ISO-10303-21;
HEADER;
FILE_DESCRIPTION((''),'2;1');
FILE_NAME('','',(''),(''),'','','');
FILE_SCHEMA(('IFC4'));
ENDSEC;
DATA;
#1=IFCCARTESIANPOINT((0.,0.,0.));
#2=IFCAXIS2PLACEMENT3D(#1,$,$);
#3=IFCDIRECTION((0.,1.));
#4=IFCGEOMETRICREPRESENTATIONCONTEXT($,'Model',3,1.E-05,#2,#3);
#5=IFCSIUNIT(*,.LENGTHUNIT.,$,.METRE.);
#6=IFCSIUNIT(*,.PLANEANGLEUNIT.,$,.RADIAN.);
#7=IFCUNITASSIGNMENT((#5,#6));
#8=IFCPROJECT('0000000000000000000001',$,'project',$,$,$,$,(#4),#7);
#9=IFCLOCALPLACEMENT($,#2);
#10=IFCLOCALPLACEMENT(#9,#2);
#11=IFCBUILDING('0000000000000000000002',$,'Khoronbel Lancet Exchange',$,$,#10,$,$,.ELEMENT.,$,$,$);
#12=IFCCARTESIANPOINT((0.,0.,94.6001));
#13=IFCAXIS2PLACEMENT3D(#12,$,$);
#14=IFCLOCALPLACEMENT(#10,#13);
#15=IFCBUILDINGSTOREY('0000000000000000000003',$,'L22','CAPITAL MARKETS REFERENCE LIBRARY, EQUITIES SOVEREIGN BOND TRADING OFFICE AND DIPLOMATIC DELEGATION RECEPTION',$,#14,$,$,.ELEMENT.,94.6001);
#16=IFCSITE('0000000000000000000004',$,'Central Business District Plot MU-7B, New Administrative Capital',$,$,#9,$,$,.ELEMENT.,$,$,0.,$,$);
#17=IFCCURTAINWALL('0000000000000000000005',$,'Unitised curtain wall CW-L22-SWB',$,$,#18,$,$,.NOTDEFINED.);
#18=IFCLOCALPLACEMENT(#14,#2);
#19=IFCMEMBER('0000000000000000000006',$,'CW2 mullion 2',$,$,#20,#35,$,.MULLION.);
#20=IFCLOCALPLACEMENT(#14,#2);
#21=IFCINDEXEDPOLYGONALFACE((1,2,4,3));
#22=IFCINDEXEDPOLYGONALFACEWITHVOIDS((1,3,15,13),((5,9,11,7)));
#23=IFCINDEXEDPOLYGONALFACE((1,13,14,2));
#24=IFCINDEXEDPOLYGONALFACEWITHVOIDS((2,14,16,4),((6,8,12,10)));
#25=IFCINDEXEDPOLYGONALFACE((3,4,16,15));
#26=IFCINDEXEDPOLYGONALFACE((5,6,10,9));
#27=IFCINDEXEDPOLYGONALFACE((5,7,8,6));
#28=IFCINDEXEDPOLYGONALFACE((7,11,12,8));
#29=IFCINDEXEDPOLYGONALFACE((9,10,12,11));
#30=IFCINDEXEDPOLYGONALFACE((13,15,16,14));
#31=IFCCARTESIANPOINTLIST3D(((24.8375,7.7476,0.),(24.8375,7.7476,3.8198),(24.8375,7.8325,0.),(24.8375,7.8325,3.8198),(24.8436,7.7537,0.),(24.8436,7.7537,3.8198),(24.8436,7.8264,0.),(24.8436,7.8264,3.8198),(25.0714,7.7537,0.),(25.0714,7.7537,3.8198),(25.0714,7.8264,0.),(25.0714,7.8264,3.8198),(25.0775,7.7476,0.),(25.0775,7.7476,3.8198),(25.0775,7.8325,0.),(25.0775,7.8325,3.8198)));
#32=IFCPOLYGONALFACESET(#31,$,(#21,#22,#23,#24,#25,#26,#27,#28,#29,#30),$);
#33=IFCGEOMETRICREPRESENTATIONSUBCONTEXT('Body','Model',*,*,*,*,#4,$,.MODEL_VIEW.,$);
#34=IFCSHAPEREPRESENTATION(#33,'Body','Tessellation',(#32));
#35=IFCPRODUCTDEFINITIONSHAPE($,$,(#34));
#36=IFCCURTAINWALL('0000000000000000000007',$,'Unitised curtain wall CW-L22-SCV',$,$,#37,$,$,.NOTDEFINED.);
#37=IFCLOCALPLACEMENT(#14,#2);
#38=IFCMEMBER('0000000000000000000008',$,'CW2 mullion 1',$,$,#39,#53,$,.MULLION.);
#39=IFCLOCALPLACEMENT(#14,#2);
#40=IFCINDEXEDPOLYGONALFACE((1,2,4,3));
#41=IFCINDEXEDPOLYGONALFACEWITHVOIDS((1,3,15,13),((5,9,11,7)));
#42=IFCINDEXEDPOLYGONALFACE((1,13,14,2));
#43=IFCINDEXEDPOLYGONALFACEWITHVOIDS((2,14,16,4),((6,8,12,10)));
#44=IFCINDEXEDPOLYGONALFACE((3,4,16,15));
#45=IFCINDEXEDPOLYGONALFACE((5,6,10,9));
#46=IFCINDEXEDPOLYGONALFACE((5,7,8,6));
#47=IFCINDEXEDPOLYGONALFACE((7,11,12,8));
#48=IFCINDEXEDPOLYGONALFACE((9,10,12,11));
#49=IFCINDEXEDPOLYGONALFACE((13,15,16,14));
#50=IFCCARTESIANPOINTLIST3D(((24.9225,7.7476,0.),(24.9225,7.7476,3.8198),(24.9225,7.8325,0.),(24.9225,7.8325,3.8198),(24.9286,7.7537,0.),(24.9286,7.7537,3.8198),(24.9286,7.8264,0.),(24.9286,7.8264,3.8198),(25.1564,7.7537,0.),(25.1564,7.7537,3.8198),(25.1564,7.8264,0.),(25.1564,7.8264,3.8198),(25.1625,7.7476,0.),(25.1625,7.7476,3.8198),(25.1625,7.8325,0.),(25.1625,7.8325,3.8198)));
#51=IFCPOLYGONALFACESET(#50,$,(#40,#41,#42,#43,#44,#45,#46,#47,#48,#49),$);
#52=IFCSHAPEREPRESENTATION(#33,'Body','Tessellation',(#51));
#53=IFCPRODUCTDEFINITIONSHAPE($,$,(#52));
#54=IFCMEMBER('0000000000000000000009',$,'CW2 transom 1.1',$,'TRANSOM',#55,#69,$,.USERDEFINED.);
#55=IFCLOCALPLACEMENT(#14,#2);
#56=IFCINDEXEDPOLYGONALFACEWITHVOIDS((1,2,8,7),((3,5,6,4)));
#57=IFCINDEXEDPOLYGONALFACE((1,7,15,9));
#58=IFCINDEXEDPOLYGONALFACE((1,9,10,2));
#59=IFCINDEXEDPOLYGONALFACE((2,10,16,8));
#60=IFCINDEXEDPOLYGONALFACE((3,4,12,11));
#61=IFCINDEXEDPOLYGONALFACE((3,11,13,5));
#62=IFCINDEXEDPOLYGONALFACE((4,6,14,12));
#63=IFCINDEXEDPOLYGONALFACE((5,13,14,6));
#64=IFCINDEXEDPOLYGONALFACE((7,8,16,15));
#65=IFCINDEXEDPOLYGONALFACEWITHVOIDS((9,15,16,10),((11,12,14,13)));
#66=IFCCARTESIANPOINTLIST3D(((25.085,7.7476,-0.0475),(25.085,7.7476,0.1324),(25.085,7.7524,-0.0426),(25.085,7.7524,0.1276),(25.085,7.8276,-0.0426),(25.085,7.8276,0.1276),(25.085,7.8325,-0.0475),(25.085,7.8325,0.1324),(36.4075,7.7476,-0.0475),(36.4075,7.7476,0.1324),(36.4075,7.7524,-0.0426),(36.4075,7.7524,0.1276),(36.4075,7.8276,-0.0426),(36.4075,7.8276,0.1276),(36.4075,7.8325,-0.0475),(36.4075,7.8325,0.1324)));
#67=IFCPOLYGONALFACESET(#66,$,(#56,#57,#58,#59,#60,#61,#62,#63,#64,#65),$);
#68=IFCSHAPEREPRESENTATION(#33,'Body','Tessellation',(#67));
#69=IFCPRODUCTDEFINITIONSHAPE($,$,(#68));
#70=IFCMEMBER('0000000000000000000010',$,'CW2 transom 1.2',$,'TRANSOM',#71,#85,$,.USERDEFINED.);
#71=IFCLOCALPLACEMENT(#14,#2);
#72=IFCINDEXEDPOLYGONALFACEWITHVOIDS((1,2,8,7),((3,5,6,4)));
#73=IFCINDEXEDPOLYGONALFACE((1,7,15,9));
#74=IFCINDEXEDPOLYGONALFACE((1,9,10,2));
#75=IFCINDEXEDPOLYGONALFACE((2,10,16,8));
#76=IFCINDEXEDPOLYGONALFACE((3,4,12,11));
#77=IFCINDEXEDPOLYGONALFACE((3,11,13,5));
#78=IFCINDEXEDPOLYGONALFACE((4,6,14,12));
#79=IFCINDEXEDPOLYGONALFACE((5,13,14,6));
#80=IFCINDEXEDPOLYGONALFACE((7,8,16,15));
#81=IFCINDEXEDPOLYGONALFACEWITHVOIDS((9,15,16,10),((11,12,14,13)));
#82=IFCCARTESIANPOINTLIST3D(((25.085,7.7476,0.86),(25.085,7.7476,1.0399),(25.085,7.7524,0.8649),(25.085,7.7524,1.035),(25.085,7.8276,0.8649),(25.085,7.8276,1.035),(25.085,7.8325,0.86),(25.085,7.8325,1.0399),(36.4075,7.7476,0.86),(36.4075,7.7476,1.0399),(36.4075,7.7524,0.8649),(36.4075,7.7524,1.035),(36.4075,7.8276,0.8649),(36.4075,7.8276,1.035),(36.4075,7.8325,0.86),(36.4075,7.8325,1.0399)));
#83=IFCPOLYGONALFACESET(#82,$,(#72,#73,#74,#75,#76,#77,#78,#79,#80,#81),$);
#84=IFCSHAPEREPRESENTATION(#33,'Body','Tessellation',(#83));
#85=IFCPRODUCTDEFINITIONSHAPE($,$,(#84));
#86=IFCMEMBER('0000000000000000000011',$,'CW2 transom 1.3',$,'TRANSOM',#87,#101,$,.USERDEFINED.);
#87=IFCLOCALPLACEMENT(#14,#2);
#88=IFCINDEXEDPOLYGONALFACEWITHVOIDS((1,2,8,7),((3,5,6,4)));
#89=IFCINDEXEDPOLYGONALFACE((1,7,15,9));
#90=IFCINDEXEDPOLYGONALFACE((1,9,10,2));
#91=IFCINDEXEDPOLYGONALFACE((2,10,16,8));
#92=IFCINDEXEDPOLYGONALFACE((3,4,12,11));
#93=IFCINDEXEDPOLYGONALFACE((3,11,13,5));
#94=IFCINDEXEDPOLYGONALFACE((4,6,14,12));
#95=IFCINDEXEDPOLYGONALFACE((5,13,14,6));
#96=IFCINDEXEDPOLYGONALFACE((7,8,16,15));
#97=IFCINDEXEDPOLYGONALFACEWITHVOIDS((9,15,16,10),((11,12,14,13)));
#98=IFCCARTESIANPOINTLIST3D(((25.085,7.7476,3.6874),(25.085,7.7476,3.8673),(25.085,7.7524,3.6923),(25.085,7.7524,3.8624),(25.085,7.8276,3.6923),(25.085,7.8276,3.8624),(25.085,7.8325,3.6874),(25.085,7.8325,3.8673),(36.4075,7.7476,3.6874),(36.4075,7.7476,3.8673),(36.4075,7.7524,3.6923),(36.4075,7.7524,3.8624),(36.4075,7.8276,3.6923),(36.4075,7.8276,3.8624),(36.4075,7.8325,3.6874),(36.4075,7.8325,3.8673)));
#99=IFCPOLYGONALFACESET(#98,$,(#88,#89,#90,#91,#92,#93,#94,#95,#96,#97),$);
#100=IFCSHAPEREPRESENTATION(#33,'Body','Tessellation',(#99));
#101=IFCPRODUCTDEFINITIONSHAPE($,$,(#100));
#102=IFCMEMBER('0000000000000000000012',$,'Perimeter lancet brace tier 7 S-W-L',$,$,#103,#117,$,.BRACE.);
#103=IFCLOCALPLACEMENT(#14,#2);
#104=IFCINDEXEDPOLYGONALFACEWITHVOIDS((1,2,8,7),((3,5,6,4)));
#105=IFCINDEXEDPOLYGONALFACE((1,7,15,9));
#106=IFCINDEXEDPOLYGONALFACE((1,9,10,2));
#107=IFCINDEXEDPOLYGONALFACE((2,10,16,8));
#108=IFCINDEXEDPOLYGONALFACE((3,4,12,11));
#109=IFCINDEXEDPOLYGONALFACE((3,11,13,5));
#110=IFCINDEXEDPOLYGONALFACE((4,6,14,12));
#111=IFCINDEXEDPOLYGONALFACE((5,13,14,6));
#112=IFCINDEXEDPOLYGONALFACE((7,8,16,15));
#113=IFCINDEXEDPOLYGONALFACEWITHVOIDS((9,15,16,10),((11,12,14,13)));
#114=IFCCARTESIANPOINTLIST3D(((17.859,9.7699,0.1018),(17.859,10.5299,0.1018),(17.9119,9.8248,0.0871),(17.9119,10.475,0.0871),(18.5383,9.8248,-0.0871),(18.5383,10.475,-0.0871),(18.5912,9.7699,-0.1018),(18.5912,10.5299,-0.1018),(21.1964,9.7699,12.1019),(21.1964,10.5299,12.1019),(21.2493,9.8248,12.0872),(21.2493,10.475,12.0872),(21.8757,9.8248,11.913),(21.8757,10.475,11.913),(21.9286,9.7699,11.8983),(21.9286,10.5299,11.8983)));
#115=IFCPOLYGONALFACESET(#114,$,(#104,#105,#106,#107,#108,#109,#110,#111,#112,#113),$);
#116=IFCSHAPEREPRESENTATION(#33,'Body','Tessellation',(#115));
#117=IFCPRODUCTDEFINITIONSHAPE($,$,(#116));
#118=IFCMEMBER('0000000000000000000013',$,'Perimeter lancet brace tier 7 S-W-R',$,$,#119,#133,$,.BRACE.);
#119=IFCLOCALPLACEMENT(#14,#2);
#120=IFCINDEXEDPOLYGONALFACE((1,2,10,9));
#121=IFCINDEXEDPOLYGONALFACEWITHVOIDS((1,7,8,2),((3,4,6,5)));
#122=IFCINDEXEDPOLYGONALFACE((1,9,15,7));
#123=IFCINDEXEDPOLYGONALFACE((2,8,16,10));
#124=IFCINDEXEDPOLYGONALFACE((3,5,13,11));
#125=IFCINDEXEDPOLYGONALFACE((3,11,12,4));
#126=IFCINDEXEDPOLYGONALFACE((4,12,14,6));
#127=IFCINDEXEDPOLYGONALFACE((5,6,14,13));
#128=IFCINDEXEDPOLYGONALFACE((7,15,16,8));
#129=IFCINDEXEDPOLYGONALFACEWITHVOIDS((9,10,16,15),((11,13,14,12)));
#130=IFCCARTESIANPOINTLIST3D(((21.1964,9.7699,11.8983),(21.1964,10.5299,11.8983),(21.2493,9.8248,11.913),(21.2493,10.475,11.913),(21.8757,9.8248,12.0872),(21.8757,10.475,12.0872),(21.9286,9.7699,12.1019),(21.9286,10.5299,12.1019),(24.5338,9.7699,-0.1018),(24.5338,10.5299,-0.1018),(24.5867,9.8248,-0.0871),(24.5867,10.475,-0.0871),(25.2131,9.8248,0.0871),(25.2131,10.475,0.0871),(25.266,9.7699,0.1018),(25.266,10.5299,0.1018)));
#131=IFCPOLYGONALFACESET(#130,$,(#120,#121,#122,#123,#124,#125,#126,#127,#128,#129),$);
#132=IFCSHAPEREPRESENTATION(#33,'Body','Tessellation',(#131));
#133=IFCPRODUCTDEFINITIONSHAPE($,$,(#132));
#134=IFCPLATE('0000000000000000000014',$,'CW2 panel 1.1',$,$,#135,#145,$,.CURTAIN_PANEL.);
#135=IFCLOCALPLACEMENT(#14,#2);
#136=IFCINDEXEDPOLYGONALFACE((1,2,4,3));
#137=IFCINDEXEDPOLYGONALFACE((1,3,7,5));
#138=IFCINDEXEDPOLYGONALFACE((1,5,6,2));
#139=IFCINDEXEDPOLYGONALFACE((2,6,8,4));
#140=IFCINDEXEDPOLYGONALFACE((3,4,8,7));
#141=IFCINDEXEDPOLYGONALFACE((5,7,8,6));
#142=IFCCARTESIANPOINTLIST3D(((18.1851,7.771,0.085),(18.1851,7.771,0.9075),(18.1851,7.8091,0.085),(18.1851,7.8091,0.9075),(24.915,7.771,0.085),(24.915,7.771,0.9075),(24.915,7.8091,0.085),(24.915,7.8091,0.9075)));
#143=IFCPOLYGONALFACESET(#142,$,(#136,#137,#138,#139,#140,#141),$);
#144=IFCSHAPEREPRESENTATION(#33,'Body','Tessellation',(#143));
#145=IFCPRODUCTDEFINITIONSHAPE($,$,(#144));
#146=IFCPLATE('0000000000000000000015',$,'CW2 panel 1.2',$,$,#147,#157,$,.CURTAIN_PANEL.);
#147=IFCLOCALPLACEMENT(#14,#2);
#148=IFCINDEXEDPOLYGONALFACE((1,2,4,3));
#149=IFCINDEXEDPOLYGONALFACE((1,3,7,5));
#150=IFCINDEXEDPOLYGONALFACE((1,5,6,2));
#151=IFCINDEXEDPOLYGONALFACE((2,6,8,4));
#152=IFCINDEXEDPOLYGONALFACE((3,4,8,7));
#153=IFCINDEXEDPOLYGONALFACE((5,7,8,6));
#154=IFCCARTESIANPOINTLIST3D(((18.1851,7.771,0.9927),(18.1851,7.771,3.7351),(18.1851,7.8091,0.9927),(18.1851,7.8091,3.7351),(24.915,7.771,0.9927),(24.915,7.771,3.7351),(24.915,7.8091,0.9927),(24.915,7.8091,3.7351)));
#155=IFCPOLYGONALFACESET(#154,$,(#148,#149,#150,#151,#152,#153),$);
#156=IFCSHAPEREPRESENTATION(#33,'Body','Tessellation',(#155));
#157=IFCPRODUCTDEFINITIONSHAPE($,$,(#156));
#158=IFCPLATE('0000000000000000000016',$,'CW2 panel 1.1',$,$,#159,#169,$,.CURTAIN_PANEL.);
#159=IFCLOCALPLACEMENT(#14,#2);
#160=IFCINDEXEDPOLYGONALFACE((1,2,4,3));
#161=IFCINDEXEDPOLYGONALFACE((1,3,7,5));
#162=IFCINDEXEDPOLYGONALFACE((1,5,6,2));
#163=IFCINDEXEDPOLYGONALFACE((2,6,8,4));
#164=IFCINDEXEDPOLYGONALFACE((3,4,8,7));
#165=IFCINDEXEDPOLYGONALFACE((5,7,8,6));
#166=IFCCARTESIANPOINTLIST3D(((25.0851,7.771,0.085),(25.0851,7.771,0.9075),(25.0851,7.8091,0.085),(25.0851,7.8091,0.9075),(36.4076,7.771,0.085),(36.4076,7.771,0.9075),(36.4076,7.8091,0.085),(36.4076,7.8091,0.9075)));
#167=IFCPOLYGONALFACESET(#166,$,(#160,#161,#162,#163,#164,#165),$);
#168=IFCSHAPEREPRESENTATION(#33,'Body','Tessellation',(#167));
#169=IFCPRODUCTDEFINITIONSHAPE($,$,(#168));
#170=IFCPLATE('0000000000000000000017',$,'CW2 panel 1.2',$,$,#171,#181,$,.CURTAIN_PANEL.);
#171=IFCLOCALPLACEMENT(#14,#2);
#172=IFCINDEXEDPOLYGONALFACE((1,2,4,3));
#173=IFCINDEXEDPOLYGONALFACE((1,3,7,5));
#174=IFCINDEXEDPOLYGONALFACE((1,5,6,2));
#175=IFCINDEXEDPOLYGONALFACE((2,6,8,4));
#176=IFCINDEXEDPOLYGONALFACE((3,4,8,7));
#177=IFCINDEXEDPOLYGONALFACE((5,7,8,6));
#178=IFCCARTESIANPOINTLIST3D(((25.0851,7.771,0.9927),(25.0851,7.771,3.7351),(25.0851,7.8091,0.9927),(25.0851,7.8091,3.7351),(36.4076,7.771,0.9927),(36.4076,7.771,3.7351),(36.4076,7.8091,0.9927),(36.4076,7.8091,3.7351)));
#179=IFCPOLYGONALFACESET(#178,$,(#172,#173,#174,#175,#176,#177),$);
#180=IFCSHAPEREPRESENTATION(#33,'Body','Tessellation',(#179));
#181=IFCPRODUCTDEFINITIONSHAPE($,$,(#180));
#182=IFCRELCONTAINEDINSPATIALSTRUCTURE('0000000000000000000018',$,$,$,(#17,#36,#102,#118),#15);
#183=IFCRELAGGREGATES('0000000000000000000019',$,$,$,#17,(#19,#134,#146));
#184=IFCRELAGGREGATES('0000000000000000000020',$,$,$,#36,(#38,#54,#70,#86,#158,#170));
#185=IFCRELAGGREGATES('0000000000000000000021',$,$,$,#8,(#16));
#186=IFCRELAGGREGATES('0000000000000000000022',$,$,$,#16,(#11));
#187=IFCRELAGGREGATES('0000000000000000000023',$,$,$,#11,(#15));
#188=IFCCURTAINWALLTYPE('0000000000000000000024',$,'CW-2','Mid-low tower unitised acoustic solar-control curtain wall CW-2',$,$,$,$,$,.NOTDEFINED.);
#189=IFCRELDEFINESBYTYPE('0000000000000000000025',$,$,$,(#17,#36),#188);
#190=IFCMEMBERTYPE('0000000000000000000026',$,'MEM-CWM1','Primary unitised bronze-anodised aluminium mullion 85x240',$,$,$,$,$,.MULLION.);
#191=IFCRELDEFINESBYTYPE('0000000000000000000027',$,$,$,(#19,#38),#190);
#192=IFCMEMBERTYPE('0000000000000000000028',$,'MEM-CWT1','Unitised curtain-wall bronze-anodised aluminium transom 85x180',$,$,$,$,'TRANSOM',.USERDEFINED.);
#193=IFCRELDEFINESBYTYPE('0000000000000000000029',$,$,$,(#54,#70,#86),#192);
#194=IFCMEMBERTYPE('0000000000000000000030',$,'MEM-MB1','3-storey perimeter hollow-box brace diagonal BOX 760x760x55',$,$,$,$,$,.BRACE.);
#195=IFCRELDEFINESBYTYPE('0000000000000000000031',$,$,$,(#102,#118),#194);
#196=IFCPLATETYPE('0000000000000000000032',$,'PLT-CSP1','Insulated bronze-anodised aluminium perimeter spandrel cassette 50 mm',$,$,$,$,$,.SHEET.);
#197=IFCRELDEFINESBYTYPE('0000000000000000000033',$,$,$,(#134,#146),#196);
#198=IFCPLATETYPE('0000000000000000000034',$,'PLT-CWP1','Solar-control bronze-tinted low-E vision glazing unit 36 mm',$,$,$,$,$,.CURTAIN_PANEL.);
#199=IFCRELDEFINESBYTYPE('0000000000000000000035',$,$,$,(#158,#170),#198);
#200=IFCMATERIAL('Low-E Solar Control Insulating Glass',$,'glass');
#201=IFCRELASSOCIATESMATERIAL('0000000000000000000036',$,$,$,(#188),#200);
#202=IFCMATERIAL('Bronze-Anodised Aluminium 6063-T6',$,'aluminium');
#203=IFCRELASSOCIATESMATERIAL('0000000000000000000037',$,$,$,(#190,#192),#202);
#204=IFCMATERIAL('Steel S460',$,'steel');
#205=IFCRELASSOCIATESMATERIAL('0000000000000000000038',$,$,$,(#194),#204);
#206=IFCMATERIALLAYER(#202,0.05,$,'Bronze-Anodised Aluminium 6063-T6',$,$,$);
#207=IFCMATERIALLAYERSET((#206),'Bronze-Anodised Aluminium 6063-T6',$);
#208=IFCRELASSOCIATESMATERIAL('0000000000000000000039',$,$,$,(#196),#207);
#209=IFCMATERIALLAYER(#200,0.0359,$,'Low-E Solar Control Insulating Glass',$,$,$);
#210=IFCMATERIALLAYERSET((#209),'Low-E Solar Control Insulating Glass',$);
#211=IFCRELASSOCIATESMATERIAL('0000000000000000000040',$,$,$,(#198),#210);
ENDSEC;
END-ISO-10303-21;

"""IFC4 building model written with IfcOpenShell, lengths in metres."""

from ifc_helpers import new_model, si_unit, direction, frame, origin, origin_2d, place, context, subcontext, project, spatial, rectangle, hollow_rectangle, extrude, material, layer, layer_set, material_profile, profile_set, type_object, element, aggregate, save


model = new_model("IFC4")

# Units and contexts
model_context = context("Model", 3, precision=1e-05, world=origin(), true_north=direction((0.0, 1.0)))
body_context = subcontext(model_context, "Body", "Model", "MODEL_VIEW")
ifc_project = project(units=[si_unit("LENGTHUNIT", "METRE"), si_unit("PLANEANGLEUNIT", "RADIAN")], contexts=[model_context])

# Site, building, storey
site_placement = place(None, origin())
site = spatial("IfcSite", under=ifc_project, at=site_placement, Name="Central Business District Plot MU-7B, New Administrative Capital", CompositionType="ELEMENT", RefElevation=0.0)
building_placement = place(site_placement, origin())
building = spatial("IfcBuilding", under=site, at=building_placement, Name="Khoronbel Lancet Exchange", CompositionType="ELEMENT")
storey_placement = place(building_placement, frame((0.0, 0.0, 94.6001)))
storey = spatial("IfcBuildingStorey", under=building, at=storey_placement, Name="L22", Description="CAPITAL MARKETS REFERENCE LIBRARY, EQUITIES SOVEREIGN BOND TRADING OFFICE AND DIPLOMATIC DELEGATION RECEPTION", CompositionType="ELEMENT", Elevation=94.6001)

# Shared definitions
ifc_material_1 = material(Name="Steel S460", Category="steel")

# Curtain wall, member
ifc_material_2 = material(Name="Low-E Solar Control Insulating Glass", Category="glass")
curtain_wall_type = type_object("IfcCurtainWallType", Name="CW-2", Description="Mid-low tower unitised acoustic solar-control curtain wall CW-2", PredefinedType="NOTDEFINED", material=ifc_material_2)
curtain_wall_1_placement = place(storey_placement, origin())
curtain_wall_1 = element("IfcCurtainWall", 1, at=curtain_wall_1_placement, inside=storey, type_object=curtain_wall_type, Name="Unitised curtain wall CW-L22-SWB", PredefinedType="NOTDEFINED")
ifc_material_3 = material(Name="Bronze-Anodised Aluminium 6063-T6", Category="aluminium")
ifc_material_profile_1 = material_profile(ifc_material_3, hollow_rectangle(XDim=0.085, YDim=0.24, WallThickness=0.0061, at=origin_2d()), Name="ALU MULLION 85x240")
ifc_profile_set_1 = profile_set([ifc_material_profile_1], Name="Bronze-Anodised Aluminium 6063-T6")
member_type_1 = type_object("IfcMemberType", Name="MEM-CWM1", Description="Primary unitised bronze-anodised aluminium mullion 85x240", PredefinedType="MULLION", material=ifc_profile_set_1)
member_1_placement = place(storey_placement, frame((24.9575, 7.79, 0.0), z_axis=(0.0, 0.0, 1.0), x_axis=(0.0, 1.0, 0.0)))
member_1 = element("IfcMember", 2, at=member_1_placement, type_object=member_type_1, Name="CW2 mullion 2", PredefinedType="MULLION", context=body_context, shape_type="SweptSolid", body=[
    extrude(hollow_rectangle(XDim=0.085, YDim=0.24, WallThickness=0.0061, at=origin_2d()), origin(), (0.0, 0.0, 1.0), 3.8198),
])

# Curtain wall, members
curtain_wall_2_placement = place(storey_placement, origin())
curtain_wall_2 = element("IfcCurtainWall", 3, at=curtain_wall_2_placement, inside=storey, type_object=curtain_wall_type, Name="Unitised curtain wall CW-L22-SCV", PredefinedType="NOTDEFINED")
member_2_placement = place(storey_placement, frame((25.0425, 7.79, 0.0), z_axis=(0.0, 0.0, 1.0), x_axis=(0.0, 1.0, 0.0)))
member_2 = element("IfcMember", 4, at=member_2_placement, type_object=member_type_1, Name="CW2 mullion 1", PredefinedType="MULLION", context=body_context, shape_type="SweptSolid", body=[
    extrude(hollow_rectangle(XDim=0.085, YDim=0.24, WallThickness=0.0061, at=origin_2d()), origin(), (0.0, 0.0, 1.0), 3.8198),
])
ifc_material_profile_2 = material_profile(ifc_material_3, hollow_rectangle(XDim=0.085, YDim=0.1799, WallThickness=0.0049, at=origin_2d()), Name="ALU TRANSOM 85x180")
ifc_profile_set_2 = profile_set([ifc_material_profile_2], Name="Bronze-Anodised Aluminium 6063-T6")
member_type_2 = type_object("IfcMemberType", Name="MEM-CWT1", Description="Unitised curtain-wall bronze-anodised aluminium transom 85x180", ElementType="TRANSOM", PredefinedType="USERDEFINED", material=ifc_profile_set_2)
member_3_placement = place(storey_placement, frame((25.085, 7.79, 0.0425), z_axis=(1.0, 0.0, 0.0), x_axis=(0.0, 1.0, 0.0)))
member_3 = element("IfcMember", 5, at=member_3_placement, type_object=member_type_2, Name="CW2 transom 1.1", ObjectType="TRANSOM", PredefinedType="USERDEFINED", context=body_context, shape_type="SweptSolid", body=[
    extrude(hollow_rectangle(XDim=0.085, YDim=0.1799, WallThickness=0.0049, at=origin_2d()), origin(), (0.0, 0.0, 1.0), 11.3225),
])
member_4_placement = place(storey_placement, frame((25.085, 7.79, 0.95), z_axis=(1.0, 0.0, 0.0), x_axis=(0.0, 1.0, 0.0)))
member_4 = element("IfcMember", 6, at=member_4_placement, type_object=member_type_2, Name="CW2 transom 1.2", ObjectType="TRANSOM", PredefinedType="USERDEFINED", context=body_context, shape_type="SweptSolid", body=[
    extrude(hollow_rectangle(XDim=0.085, YDim=0.1799, WallThickness=0.0049, at=origin_2d()), origin(), (0.0, 0.0, 1.0), 11.3225),
])
member_5_placement = place(storey_placement, frame((25.085, 7.79, 3.7773), z_axis=(1.0, 0.0, 0.0), x_axis=(0.0, 1.0, 0.0)))
member_5 = element("IfcMember", 7, at=member_5_placement, type_object=member_type_2, Name="CW2 transom 1.3", ObjectType="TRANSOM", PredefinedType="USERDEFINED", context=body_context, shape_type="SweptSolid", body=[
    extrude(hollow_rectangle(XDim=0.085, YDim=0.1799, WallThickness=0.0049, at=origin_2d()), origin(), (0.0, 0.0, 1.0), 11.3225),
])

# Members
ifc_material_profile_3 = material_profile(ifc_material_1, hollow_rectangle(XDim=0.76, YDim=0.76, WallThickness=0.0549, at=origin_2d()), Name="BOX 760x760x55")
ifc_profile_set_3 = profile_set([ifc_material_profile_3], Name="Steel S460")
member_type_3 = type_object("IfcMemberType", Name="MEM-MB1", Description="3-storey perimeter hollow-box brace diagonal BOX 760x760x55", PredefinedType="BRACE", material=ifc_profile_set_3)
for number, where, z_axis, x_axis, name in (
    (8, (18.2251, 10.1499, 0.0), (0.267947, 0.0, 0.963434), (0.0, 1.0, 0.0), "Perimeter lancet brace tier 7 S-W-L"),
    (9, (24.8999, 10.1499, 0.0), (-0.267947, 0.0, 0.963434), (0.0, -1.0, 0.0), "Perimeter lancet brace tier 7 S-W-R"),
):
    element("IfcMember", number, at=place(storey_placement, frame(where, z_axis=z_axis, x_axis=x_axis)), inside=storey, type_object=member_type_3, Name=name, PredefinedType="BRACE", context=body_context, shape_type="SweptSolid", body=[
        extrude(hollow_rectangle(XDim=0.76, YDim=0.76, WallThickness=0.0549, at=origin_2d()), origin(), (0.0, 0.0, 1.0), 12.4556),
    ])

# Plates
ifc_layer_1 = layer(ifc_material_3, 0.05, Name="Bronze-Anodised Aluminium 6063-T6")
ifc_layer_set_1 = layer_set([ifc_layer_1], Name="Bronze-Anodised Aluminium 6063-T6")
plate_type_1 = type_object("IfcPlateType", Name="PLT-CSP1", Description="Insulated bronze-anodised aluminium perimeter spandrel cassette 50 mm", PredefinedType="SHEET", material=ifc_layer_set_1)
plate_1_placement = place(storey_placement, frame((21.55, 7.79, 0.085), z_axis=(0.0, 0.0, 1.0), x_axis=(1.0, 0.0, 0.0)))
plate_1 = element("IfcPlate", 10, at=plate_1_placement, type_object=plate_type_1, Name="CW2 panel 1.1", PredefinedType="CURTAIN_PANEL", context=body_context, shape_type="SweptSolid", body=[
    extrude(rectangle(XDim=6.73, YDim=0.0381, at=origin_2d()), origin(), (0.0, 0.0, 1.0), 0.8225),
])
plate_2_placement = place(storey_placement, frame((21.55, 7.79, 0.9927), z_axis=(0.0, 0.0, 1.0), x_axis=(1.0, 0.0, 0.0)))
plate_2 = element("IfcPlate", 11, at=plate_2_placement, type_object=plate_type_1, Name="CW2 panel 1.2", PredefinedType="CURTAIN_PANEL", context=body_context, shape_type="SweptSolid", body=[
    extrude(rectangle(XDim=6.73, YDim=0.0381, at=origin_2d()), origin(), (0.0, 0.0, 1.0), 2.7424),
])
aggregate(curtain_wall_1, [member_1, plate_1, plate_2])
ifc_layer_2 = layer(ifc_material_2, 0.0359, Name="Low-E Solar Control Insulating Glass")
ifc_layer_set_2 = layer_set([ifc_layer_2], Name="Low-E Solar Control Insulating Glass")
plate_type_2 = type_object("IfcPlateType", Name="PLT-CWP1", Description="Solar-control bronze-tinted low-E vision glazing unit 36 mm", PredefinedType="CURTAIN_PANEL", material=ifc_layer_set_2)
plate_3_placement = place(storey_placement, frame((30.7463, 7.79, 0.085), z_axis=(0.0, 0.0, 1.0), x_axis=(1.0, 0.0, 0.0)))
plate_3 = element("IfcPlate", 12, at=plate_3_placement, type_object=plate_type_2, Name="CW2 panel 1.1", PredefinedType="CURTAIN_PANEL", context=body_context, shape_type="SweptSolid", body=[
    extrude(rectangle(XDim=11.3225, YDim=0.0381, at=origin_2d()), origin(), (0.0, 0.0, 1.0), 0.8225),
])
plate_4_placement = place(storey_placement, frame((30.7463, 7.79, 0.9927), z_axis=(0.0, 0.0, 1.0), x_axis=(1.0, 0.0, 0.0)))
plate_4 = element("IfcPlate", 13, at=plate_4_placement, type_object=plate_type_2, Name="CW2 panel 1.2", PredefinedType="CURTAIN_PANEL", context=body_context, shape_type="SweptSolid", body=[
    extrude(rectangle(XDim=11.3225, YDim=0.0381, at=origin_2d()), origin(), (0.0, 0.0, 1.0), 2.7424),
])
aggregate(curtain_wall_2, [member_2, member_3, member_4, member_5, plate_3, plate_4])

save(model, "model.ifc")
